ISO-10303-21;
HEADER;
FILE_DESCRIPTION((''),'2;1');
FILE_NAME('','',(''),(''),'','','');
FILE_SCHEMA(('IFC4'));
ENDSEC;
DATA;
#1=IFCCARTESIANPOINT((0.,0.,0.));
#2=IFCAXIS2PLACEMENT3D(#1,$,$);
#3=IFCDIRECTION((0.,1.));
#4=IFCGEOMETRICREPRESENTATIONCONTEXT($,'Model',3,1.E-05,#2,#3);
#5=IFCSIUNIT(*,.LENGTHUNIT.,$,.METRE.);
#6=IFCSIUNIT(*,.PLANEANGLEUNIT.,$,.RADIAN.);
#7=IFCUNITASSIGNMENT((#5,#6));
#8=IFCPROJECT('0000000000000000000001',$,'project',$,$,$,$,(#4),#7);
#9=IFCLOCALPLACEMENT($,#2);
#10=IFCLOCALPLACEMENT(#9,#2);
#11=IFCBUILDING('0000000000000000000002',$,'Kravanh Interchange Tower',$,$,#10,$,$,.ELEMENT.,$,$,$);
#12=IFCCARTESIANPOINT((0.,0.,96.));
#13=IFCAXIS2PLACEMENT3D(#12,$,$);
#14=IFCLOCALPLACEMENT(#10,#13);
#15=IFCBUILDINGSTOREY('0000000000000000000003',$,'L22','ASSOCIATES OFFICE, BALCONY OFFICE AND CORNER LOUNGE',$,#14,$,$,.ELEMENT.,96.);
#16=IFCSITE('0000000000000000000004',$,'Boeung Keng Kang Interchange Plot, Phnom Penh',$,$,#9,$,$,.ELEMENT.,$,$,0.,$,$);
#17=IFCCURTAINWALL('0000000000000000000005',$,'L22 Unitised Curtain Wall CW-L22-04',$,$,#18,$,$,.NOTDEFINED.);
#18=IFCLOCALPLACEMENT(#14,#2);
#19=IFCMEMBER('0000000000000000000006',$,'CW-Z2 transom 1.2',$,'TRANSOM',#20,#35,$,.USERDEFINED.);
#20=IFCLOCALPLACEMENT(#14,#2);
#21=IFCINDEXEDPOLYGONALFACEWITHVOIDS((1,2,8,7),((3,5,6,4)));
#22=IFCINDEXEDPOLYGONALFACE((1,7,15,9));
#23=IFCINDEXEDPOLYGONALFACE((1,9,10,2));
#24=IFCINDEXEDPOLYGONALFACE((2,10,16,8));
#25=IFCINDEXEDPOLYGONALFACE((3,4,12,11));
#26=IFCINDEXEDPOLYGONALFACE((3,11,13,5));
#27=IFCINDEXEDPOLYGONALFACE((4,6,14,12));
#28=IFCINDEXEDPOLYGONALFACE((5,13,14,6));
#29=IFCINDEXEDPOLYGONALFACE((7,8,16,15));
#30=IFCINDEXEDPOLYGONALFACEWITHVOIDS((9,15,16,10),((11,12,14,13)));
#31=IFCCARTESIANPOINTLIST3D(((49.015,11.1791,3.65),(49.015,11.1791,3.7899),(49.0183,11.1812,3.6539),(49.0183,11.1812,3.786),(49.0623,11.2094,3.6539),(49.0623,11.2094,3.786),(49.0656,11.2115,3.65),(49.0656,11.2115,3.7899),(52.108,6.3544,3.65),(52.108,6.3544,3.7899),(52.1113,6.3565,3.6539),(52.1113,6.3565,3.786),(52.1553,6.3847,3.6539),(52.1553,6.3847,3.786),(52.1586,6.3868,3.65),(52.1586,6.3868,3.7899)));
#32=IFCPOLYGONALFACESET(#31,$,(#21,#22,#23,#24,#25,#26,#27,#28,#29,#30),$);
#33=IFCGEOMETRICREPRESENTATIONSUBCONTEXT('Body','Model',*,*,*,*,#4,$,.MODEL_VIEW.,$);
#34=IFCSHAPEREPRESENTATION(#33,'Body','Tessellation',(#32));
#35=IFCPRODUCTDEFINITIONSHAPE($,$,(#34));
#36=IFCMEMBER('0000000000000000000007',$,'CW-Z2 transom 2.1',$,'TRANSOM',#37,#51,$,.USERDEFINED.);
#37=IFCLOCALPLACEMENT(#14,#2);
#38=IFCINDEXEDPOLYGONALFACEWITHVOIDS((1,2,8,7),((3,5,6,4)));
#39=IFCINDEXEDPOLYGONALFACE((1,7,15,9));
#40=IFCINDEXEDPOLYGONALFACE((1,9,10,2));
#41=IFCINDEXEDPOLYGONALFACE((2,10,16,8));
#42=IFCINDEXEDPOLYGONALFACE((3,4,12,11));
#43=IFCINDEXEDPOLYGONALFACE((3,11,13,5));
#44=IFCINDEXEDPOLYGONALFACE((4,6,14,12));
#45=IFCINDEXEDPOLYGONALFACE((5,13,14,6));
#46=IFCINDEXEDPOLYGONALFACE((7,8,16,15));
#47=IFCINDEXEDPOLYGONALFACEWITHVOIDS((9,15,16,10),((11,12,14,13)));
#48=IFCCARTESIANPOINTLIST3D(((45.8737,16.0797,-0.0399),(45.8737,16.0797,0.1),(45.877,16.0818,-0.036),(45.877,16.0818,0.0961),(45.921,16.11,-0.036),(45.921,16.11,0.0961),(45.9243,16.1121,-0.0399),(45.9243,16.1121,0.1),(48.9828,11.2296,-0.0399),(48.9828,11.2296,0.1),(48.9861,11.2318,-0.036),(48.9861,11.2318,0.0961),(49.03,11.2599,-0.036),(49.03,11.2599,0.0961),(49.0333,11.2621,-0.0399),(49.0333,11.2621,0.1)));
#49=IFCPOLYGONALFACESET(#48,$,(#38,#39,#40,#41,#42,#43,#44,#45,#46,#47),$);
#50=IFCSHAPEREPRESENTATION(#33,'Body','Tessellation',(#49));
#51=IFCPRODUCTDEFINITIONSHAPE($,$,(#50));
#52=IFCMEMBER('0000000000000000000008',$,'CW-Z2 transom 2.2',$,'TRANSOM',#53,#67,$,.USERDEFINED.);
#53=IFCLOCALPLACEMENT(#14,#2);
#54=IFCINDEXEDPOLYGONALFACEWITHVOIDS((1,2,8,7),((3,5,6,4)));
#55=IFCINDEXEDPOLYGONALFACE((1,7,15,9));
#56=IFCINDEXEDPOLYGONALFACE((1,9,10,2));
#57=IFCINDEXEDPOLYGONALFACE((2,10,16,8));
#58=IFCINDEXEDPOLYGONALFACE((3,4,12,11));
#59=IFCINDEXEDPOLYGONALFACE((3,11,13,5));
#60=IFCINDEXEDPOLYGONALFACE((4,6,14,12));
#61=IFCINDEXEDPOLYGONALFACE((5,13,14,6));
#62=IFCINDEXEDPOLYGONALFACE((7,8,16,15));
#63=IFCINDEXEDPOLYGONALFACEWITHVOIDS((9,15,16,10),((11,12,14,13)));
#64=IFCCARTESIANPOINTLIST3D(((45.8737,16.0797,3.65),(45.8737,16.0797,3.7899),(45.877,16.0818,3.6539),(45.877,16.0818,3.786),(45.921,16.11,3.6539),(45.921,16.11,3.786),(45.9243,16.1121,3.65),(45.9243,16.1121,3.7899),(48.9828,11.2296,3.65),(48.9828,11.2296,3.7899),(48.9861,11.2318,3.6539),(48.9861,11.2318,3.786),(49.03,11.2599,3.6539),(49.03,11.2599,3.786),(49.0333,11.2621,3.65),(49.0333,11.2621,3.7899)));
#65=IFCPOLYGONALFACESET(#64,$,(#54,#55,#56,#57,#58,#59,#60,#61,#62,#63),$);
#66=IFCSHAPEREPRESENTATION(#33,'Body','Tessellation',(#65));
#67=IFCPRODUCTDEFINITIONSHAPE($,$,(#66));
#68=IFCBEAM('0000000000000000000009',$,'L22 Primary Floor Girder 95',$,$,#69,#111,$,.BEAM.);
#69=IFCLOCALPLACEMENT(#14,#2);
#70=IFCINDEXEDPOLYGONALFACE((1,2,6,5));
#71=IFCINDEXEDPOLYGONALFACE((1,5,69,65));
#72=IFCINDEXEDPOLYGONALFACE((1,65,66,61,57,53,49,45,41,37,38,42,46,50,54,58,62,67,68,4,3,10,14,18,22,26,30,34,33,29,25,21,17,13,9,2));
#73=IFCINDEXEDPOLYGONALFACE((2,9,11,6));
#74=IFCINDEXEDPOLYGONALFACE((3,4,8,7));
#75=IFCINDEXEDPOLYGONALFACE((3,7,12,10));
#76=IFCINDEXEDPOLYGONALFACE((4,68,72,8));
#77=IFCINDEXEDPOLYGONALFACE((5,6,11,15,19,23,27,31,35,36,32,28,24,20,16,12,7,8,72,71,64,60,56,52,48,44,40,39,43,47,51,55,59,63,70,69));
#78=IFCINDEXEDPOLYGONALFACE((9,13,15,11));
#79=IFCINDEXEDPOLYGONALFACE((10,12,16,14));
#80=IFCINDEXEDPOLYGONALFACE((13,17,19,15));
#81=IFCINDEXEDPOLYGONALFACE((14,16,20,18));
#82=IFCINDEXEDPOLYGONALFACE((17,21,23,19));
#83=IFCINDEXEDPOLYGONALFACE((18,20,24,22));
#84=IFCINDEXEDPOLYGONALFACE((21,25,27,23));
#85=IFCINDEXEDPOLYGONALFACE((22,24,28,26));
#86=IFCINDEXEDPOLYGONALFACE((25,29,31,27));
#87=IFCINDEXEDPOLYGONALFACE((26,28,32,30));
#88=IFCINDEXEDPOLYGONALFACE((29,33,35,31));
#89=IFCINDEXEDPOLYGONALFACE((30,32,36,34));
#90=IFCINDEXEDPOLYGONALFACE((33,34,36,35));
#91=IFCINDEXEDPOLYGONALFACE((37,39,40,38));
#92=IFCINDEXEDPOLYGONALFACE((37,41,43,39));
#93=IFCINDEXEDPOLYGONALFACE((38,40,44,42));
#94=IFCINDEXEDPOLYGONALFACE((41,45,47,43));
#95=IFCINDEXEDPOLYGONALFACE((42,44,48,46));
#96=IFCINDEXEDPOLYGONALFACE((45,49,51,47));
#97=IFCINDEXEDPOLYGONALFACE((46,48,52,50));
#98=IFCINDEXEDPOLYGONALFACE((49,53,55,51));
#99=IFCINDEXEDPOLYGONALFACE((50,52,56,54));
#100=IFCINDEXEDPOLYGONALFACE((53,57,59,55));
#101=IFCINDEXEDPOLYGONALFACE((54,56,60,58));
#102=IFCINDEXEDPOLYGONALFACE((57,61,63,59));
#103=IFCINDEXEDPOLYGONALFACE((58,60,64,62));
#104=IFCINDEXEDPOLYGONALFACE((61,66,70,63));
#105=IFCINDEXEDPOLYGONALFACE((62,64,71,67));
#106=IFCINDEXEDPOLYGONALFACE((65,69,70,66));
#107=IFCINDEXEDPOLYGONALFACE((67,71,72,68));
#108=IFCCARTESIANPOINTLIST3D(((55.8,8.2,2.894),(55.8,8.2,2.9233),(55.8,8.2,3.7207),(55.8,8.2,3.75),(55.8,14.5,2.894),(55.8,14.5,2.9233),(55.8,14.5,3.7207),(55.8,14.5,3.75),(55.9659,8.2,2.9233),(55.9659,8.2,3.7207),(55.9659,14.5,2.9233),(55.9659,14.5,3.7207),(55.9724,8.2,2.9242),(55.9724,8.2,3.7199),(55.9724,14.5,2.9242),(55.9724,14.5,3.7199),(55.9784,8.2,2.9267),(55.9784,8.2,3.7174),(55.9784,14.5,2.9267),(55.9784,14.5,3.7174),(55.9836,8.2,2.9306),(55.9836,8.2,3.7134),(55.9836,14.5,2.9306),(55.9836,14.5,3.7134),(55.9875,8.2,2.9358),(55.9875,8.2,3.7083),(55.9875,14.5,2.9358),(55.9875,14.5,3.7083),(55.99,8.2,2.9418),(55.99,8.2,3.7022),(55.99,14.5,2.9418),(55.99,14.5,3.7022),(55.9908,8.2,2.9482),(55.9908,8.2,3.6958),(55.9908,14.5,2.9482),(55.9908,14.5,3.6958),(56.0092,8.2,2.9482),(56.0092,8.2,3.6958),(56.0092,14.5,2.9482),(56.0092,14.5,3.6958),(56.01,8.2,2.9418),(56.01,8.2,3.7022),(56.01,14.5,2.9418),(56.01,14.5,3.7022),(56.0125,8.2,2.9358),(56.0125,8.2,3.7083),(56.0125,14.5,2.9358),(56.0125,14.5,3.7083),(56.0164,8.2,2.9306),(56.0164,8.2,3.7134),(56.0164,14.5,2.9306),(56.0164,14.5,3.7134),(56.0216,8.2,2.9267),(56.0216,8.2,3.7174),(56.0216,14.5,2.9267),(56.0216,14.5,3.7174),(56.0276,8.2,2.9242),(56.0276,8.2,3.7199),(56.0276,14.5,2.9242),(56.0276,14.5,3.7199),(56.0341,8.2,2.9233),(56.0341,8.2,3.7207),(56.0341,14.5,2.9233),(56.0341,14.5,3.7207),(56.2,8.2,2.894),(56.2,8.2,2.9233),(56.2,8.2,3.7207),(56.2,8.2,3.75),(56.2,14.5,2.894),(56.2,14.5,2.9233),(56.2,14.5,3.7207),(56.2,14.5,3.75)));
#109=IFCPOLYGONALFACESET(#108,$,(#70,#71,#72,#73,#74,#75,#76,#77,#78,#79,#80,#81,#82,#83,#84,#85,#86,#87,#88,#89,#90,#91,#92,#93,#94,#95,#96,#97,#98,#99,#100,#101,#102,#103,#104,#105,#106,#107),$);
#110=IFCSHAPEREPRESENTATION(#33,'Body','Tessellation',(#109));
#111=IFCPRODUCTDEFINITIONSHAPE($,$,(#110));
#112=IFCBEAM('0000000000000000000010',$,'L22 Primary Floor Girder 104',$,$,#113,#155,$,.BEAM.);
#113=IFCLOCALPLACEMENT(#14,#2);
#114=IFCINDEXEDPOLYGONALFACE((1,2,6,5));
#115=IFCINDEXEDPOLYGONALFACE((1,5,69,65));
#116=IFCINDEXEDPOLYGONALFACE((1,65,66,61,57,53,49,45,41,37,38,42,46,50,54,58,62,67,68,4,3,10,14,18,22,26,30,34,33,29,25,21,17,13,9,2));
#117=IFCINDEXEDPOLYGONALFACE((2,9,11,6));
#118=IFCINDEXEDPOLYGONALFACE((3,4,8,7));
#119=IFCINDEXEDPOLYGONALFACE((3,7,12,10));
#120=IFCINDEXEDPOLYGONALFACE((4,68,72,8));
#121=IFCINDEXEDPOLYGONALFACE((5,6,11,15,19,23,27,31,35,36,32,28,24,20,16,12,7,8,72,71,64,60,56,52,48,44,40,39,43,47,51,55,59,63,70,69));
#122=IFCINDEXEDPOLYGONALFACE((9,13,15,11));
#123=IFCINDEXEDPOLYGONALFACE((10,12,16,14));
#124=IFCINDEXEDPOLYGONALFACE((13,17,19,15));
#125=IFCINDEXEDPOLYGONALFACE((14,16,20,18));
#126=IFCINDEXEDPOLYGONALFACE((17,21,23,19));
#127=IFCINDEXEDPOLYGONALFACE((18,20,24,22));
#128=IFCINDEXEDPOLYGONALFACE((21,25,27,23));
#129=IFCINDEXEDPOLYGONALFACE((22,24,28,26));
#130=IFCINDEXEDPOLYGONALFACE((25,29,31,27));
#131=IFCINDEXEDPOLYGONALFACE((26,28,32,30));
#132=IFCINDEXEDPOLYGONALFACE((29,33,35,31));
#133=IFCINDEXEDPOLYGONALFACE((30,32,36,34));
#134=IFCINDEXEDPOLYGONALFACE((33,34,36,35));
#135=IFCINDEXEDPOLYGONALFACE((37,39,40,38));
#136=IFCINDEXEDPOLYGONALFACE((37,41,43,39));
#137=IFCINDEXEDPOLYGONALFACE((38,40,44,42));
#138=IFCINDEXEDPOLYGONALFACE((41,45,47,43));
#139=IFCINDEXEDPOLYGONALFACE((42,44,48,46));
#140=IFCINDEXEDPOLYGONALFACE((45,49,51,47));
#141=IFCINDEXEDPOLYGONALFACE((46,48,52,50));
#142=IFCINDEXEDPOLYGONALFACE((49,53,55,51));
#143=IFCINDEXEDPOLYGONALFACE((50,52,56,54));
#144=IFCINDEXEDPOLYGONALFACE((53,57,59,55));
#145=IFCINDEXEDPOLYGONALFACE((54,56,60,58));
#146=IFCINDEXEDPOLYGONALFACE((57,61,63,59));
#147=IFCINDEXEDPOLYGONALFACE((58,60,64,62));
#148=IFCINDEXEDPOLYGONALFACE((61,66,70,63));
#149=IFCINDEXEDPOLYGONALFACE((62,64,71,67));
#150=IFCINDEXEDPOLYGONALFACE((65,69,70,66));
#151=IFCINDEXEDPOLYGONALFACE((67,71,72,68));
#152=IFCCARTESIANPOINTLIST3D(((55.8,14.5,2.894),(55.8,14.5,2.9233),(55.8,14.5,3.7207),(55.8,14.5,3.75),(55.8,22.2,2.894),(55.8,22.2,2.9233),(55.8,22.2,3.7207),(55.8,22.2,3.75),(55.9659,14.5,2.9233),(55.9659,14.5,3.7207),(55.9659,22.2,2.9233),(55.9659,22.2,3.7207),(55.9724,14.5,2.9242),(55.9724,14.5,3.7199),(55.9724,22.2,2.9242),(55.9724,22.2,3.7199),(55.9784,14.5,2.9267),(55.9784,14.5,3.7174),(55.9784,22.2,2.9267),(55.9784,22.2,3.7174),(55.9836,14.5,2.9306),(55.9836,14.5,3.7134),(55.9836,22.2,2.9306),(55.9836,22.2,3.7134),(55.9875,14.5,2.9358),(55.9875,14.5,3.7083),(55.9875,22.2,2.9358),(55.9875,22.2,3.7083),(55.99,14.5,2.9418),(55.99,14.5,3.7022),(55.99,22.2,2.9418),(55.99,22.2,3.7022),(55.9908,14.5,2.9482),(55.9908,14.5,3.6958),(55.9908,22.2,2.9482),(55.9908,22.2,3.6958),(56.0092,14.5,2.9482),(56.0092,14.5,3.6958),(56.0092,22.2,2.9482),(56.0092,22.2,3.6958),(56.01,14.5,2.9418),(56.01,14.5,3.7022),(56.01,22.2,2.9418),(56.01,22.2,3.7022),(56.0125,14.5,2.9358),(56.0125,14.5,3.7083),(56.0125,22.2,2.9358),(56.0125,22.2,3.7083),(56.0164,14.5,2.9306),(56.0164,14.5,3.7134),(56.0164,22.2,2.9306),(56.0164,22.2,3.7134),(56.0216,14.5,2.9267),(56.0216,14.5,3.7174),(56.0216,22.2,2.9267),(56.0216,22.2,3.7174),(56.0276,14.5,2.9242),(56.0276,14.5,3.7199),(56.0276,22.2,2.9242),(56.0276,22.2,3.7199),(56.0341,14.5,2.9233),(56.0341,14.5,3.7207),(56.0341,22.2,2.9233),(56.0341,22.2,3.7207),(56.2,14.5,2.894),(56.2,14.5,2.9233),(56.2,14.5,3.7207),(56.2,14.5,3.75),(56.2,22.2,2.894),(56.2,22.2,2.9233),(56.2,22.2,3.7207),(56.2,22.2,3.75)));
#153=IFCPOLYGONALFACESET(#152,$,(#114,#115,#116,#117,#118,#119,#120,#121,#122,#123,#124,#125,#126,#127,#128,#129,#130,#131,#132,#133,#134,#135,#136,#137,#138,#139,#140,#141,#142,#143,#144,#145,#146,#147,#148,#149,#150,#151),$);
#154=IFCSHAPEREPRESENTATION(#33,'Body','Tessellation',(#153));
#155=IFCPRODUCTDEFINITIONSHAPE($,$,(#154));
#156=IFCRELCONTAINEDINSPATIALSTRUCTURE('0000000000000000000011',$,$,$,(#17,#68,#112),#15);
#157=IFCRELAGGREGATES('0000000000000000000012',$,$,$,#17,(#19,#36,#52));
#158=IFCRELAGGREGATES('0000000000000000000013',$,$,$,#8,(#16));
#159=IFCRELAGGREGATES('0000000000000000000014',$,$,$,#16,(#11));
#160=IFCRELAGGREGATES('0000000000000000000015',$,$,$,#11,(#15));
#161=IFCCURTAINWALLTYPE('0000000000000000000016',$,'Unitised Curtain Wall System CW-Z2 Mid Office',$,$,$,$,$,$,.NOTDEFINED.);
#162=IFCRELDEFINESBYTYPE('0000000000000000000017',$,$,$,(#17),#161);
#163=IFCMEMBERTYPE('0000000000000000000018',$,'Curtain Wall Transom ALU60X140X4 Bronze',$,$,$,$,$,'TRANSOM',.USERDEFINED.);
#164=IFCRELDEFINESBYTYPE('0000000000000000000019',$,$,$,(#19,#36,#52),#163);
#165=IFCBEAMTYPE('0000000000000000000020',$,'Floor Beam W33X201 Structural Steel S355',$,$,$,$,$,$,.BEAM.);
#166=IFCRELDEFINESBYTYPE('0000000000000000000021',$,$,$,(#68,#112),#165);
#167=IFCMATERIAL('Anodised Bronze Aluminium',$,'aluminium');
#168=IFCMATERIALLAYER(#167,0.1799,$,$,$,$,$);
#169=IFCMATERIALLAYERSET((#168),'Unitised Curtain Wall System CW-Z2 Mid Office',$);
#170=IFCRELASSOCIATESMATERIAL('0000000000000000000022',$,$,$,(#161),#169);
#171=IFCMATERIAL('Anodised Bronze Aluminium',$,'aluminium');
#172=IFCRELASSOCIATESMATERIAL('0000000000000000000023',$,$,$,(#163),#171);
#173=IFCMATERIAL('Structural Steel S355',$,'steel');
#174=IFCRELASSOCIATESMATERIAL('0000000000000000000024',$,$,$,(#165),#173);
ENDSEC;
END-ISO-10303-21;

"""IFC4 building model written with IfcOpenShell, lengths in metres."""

from ifc_helpers import new_model, si_unit, direction, frame, origin, origin_2d, place, context, subcontext, project, spatial, hollow_rectangle, i_section, extrude, material, layer, layer_set, material_profile, profile_set, type_object, element, aggregate, save


model = new_model("IFC4")

# Units and contexts
model_context = context("Model", 3, precision=1e-05, world=origin(), true_north=direction((0.0, 1.0)))
body_context = subcontext(model_context, "Body", "Model", "MODEL_VIEW")
ifc_project = project(units=[si_unit("LENGTHUNIT", "METRE"), si_unit("PLANEANGLEUNIT", "RADIAN")], contexts=[model_context])

# Site, building, storey
site_placement = place(None, origin())
site = spatial("IfcSite", under=ifc_project, at=site_placement, Name="Boeung Keng Kang Interchange Plot, Phnom Penh", CompositionType="ELEMENT", RefElevation=0.0)
building_placement = place(site_placement, origin())
building = spatial("IfcBuilding", under=site, at=building_placement, Name="Kravanh Interchange Tower", CompositionType="ELEMENT")
storey_placement = place(building_placement, frame((0.0, 0.0, 96.0)))
storey = spatial("IfcBuildingStorey", under=building, at=storey_placement, Name="L22", Description="ASSOCIATES OFFICE, BALCONY OFFICE AND CORNER LOUNGE", CompositionType="ELEMENT", Elevation=96.0)

# Shared definitions
ifc_material_1 = material(Name="Anodised Bronze Aluminium", Category="aluminium")
ifc_layer_1 = layer(ifc_material_1, 0.1799)
ifc_layer_set_1 = layer_set([ifc_layer_1], Name="Unitised Curtain Wall System CW-Z2 Mid Office")
curtain_wall_type = type_object("IfcCurtainWallType", Name="Unitised Curtain Wall System CW-Z2 Mid Office", PredefinedType="NOTDEFINED", material=ifc_layer_set_1)

# Curtain wall, members
curtain_wall_1_placement = place(storey_placement, origin())
curtain_wall_1 = element("IfcCurtainWall", 1, at=curtain_wall_1_placement, inside=storey, type_object=curtain_wall_type, Name="L22 Unitised Curtain Wall CW-L22-04", PredefinedType="NOTDEFINED")
ifc_material_2 = material(Name="Anodised Bronze Aluminium", Category="aluminium")
ifc_material_profile_1 = material_profile(ifc_material_2, hollow_rectangle(XDim=0.0601, YDim=0.1399, WallThickness=0.0039, at=origin_2d()), Name="ALU60X140X4")
ifc_profile_set_1 = profile_set([ifc_material_profile_1], Name="Anodised Bronze Aluminium")
member_type_1 = type_object("IfcMemberType", Name="Curtain Wall Transom ALU60X140X4 Bronze", ElementType="TRANSOM", PredefinedType="USERDEFINED", material=ifc_profile_set_1)
member_1_placement = place(storey_placement, frame((52.1333, 6.3706, 3.72), z_axis=(-0.539698, 0.841859, 0.0), x_axis=(-0.841859, -0.539698, 0.0)))
member_1 = element("IfcMember", 2, at=member_1_placement, type_object=member_type_1, Name="CW-Z2 transom 1.2", ObjectType="TRANSOM", PredefinedType="USERDEFINED", context=body_context, shape_type="SweptSolid", body=[
    extrude(hollow_rectangle(XDim=0.0601, YDim=0.1399, WallThickness=0.0039, at=origin_2d()), origin(), (0.0, 0.0, 1.0), 5.731),
])
member_2_placement = place(storey_placement, frame((49.0081, 11.2458, 0.03), z_axis=(-0.539678, 0.841872, 0.0), x_axis=(-0.841872, -0.539678, 0.0)))
member_2 = element("IfcMember", 3, at=member_2_placement, type_object=member_type_1, Name="CW-Z2 transom 2.1", ObjectType="TRANSOM", PredefinedType="USERDEFINED", context=body_context, shape_type="SweptSolid", body=[
    extrude(hollow_rectangle(XDim=0.0601, YDim=0.1399, WallThickness=0.0039, at=origin_2d()), origin(), (0.0, 0.0, 1.0), 5.761),
])
member_3_placement = place(storey_placement, frame((49.0081, 11.2458, 3.72), z_axis=(-0.539678, 0.841872, 0.0), x_axis=(-0.841872, -0.539678, 0.0)))
member_3 = element("IfcMember", 4, at=member_3_placement, type_object=member_type_1, Name="CW-Z2 transom 2.2", ObjectType="TRANSOM", PredefinedType="USERDEFINED", context=body_context, shape_type="SweptSolid", body=[
    extrude(hollow_rectangle(XDim=0.0601, YDim=0.1399, WallThickness=0.0039, at=origin_2d()), origin(), (0.0, 0.0, 1.0), 5.761),
])

# Beams
ifc_material_3 = material(Name="Structural Steel S355", Category="steel")
ifc_material_profile_2 = material_profile(ifc_material_3, i_section(OverallWidth=0.3999, OverallDepth=0.856, WebThickness=0.0183, FlangeThickness=0.0293, FilletRadius=0.0249, at=origin_2d()), Name="W33X201")
ifc_profile_set_2 = profile_set([ifc_material_profile_2], Name="Structural Steel S355")
beam_type_1 = type_object("IfcBeamType", Name="Floor Beam W33X201 Structural Steel S355", PredefinedType="BEAM", material=ifc_profile_set_2)
beam_1_placement = place(storey_placement, frame((56.0, 8.2, 3.322), z_axis=(0.0, 1.0, 0.0), x_axis=(-1.0, 0.0, 0.0)))
element("IfcBeam", 5, at=beam_1_placement, inside=storey, type_object=beam_type_1, Name="L22 Primary Floor Girder 95", PredefinedType="BEAM", context=body_context, shape_type="SweptSolid", body=[
    extrude(i_section(OverallWidth=0.3999, OverallDepth=0.856, WebThickness=0.0183, FlangeThickness=0.0293, FilletRadius=0.0249, at=origin_2d()), origin(), (0.0, 0.0, 1.0), 6.3),
])
beam_2_placement = place(storey_placement, frame((56.0, 14.5, 3.322), z_axis=(0.0, 1.0, 0.0), x_axis=(-1.0, 0.0, 0.0)))
element("IfcBeam", 6, at=beam_2_placement, inside=storey, type_object=beam_type_1, Name="L22 Primary Floor Girder 104", PredefinedType="BEAM", context=body_context, shape_type="SweptSolid", body=[
    extrude(i_section(OverallWidth=0.3999, OverallDepth=0.856, WebThickness=0.0183, FlangeThickness=0.0293, FilletRadius=0.0249, at=origin_2d()), origin(), (0.0, 0.0, 1.0), 7.7),
])

aggregate(curtain_wall_1, [member_1, member_2, member_3])

save(model, "model.ifc")
